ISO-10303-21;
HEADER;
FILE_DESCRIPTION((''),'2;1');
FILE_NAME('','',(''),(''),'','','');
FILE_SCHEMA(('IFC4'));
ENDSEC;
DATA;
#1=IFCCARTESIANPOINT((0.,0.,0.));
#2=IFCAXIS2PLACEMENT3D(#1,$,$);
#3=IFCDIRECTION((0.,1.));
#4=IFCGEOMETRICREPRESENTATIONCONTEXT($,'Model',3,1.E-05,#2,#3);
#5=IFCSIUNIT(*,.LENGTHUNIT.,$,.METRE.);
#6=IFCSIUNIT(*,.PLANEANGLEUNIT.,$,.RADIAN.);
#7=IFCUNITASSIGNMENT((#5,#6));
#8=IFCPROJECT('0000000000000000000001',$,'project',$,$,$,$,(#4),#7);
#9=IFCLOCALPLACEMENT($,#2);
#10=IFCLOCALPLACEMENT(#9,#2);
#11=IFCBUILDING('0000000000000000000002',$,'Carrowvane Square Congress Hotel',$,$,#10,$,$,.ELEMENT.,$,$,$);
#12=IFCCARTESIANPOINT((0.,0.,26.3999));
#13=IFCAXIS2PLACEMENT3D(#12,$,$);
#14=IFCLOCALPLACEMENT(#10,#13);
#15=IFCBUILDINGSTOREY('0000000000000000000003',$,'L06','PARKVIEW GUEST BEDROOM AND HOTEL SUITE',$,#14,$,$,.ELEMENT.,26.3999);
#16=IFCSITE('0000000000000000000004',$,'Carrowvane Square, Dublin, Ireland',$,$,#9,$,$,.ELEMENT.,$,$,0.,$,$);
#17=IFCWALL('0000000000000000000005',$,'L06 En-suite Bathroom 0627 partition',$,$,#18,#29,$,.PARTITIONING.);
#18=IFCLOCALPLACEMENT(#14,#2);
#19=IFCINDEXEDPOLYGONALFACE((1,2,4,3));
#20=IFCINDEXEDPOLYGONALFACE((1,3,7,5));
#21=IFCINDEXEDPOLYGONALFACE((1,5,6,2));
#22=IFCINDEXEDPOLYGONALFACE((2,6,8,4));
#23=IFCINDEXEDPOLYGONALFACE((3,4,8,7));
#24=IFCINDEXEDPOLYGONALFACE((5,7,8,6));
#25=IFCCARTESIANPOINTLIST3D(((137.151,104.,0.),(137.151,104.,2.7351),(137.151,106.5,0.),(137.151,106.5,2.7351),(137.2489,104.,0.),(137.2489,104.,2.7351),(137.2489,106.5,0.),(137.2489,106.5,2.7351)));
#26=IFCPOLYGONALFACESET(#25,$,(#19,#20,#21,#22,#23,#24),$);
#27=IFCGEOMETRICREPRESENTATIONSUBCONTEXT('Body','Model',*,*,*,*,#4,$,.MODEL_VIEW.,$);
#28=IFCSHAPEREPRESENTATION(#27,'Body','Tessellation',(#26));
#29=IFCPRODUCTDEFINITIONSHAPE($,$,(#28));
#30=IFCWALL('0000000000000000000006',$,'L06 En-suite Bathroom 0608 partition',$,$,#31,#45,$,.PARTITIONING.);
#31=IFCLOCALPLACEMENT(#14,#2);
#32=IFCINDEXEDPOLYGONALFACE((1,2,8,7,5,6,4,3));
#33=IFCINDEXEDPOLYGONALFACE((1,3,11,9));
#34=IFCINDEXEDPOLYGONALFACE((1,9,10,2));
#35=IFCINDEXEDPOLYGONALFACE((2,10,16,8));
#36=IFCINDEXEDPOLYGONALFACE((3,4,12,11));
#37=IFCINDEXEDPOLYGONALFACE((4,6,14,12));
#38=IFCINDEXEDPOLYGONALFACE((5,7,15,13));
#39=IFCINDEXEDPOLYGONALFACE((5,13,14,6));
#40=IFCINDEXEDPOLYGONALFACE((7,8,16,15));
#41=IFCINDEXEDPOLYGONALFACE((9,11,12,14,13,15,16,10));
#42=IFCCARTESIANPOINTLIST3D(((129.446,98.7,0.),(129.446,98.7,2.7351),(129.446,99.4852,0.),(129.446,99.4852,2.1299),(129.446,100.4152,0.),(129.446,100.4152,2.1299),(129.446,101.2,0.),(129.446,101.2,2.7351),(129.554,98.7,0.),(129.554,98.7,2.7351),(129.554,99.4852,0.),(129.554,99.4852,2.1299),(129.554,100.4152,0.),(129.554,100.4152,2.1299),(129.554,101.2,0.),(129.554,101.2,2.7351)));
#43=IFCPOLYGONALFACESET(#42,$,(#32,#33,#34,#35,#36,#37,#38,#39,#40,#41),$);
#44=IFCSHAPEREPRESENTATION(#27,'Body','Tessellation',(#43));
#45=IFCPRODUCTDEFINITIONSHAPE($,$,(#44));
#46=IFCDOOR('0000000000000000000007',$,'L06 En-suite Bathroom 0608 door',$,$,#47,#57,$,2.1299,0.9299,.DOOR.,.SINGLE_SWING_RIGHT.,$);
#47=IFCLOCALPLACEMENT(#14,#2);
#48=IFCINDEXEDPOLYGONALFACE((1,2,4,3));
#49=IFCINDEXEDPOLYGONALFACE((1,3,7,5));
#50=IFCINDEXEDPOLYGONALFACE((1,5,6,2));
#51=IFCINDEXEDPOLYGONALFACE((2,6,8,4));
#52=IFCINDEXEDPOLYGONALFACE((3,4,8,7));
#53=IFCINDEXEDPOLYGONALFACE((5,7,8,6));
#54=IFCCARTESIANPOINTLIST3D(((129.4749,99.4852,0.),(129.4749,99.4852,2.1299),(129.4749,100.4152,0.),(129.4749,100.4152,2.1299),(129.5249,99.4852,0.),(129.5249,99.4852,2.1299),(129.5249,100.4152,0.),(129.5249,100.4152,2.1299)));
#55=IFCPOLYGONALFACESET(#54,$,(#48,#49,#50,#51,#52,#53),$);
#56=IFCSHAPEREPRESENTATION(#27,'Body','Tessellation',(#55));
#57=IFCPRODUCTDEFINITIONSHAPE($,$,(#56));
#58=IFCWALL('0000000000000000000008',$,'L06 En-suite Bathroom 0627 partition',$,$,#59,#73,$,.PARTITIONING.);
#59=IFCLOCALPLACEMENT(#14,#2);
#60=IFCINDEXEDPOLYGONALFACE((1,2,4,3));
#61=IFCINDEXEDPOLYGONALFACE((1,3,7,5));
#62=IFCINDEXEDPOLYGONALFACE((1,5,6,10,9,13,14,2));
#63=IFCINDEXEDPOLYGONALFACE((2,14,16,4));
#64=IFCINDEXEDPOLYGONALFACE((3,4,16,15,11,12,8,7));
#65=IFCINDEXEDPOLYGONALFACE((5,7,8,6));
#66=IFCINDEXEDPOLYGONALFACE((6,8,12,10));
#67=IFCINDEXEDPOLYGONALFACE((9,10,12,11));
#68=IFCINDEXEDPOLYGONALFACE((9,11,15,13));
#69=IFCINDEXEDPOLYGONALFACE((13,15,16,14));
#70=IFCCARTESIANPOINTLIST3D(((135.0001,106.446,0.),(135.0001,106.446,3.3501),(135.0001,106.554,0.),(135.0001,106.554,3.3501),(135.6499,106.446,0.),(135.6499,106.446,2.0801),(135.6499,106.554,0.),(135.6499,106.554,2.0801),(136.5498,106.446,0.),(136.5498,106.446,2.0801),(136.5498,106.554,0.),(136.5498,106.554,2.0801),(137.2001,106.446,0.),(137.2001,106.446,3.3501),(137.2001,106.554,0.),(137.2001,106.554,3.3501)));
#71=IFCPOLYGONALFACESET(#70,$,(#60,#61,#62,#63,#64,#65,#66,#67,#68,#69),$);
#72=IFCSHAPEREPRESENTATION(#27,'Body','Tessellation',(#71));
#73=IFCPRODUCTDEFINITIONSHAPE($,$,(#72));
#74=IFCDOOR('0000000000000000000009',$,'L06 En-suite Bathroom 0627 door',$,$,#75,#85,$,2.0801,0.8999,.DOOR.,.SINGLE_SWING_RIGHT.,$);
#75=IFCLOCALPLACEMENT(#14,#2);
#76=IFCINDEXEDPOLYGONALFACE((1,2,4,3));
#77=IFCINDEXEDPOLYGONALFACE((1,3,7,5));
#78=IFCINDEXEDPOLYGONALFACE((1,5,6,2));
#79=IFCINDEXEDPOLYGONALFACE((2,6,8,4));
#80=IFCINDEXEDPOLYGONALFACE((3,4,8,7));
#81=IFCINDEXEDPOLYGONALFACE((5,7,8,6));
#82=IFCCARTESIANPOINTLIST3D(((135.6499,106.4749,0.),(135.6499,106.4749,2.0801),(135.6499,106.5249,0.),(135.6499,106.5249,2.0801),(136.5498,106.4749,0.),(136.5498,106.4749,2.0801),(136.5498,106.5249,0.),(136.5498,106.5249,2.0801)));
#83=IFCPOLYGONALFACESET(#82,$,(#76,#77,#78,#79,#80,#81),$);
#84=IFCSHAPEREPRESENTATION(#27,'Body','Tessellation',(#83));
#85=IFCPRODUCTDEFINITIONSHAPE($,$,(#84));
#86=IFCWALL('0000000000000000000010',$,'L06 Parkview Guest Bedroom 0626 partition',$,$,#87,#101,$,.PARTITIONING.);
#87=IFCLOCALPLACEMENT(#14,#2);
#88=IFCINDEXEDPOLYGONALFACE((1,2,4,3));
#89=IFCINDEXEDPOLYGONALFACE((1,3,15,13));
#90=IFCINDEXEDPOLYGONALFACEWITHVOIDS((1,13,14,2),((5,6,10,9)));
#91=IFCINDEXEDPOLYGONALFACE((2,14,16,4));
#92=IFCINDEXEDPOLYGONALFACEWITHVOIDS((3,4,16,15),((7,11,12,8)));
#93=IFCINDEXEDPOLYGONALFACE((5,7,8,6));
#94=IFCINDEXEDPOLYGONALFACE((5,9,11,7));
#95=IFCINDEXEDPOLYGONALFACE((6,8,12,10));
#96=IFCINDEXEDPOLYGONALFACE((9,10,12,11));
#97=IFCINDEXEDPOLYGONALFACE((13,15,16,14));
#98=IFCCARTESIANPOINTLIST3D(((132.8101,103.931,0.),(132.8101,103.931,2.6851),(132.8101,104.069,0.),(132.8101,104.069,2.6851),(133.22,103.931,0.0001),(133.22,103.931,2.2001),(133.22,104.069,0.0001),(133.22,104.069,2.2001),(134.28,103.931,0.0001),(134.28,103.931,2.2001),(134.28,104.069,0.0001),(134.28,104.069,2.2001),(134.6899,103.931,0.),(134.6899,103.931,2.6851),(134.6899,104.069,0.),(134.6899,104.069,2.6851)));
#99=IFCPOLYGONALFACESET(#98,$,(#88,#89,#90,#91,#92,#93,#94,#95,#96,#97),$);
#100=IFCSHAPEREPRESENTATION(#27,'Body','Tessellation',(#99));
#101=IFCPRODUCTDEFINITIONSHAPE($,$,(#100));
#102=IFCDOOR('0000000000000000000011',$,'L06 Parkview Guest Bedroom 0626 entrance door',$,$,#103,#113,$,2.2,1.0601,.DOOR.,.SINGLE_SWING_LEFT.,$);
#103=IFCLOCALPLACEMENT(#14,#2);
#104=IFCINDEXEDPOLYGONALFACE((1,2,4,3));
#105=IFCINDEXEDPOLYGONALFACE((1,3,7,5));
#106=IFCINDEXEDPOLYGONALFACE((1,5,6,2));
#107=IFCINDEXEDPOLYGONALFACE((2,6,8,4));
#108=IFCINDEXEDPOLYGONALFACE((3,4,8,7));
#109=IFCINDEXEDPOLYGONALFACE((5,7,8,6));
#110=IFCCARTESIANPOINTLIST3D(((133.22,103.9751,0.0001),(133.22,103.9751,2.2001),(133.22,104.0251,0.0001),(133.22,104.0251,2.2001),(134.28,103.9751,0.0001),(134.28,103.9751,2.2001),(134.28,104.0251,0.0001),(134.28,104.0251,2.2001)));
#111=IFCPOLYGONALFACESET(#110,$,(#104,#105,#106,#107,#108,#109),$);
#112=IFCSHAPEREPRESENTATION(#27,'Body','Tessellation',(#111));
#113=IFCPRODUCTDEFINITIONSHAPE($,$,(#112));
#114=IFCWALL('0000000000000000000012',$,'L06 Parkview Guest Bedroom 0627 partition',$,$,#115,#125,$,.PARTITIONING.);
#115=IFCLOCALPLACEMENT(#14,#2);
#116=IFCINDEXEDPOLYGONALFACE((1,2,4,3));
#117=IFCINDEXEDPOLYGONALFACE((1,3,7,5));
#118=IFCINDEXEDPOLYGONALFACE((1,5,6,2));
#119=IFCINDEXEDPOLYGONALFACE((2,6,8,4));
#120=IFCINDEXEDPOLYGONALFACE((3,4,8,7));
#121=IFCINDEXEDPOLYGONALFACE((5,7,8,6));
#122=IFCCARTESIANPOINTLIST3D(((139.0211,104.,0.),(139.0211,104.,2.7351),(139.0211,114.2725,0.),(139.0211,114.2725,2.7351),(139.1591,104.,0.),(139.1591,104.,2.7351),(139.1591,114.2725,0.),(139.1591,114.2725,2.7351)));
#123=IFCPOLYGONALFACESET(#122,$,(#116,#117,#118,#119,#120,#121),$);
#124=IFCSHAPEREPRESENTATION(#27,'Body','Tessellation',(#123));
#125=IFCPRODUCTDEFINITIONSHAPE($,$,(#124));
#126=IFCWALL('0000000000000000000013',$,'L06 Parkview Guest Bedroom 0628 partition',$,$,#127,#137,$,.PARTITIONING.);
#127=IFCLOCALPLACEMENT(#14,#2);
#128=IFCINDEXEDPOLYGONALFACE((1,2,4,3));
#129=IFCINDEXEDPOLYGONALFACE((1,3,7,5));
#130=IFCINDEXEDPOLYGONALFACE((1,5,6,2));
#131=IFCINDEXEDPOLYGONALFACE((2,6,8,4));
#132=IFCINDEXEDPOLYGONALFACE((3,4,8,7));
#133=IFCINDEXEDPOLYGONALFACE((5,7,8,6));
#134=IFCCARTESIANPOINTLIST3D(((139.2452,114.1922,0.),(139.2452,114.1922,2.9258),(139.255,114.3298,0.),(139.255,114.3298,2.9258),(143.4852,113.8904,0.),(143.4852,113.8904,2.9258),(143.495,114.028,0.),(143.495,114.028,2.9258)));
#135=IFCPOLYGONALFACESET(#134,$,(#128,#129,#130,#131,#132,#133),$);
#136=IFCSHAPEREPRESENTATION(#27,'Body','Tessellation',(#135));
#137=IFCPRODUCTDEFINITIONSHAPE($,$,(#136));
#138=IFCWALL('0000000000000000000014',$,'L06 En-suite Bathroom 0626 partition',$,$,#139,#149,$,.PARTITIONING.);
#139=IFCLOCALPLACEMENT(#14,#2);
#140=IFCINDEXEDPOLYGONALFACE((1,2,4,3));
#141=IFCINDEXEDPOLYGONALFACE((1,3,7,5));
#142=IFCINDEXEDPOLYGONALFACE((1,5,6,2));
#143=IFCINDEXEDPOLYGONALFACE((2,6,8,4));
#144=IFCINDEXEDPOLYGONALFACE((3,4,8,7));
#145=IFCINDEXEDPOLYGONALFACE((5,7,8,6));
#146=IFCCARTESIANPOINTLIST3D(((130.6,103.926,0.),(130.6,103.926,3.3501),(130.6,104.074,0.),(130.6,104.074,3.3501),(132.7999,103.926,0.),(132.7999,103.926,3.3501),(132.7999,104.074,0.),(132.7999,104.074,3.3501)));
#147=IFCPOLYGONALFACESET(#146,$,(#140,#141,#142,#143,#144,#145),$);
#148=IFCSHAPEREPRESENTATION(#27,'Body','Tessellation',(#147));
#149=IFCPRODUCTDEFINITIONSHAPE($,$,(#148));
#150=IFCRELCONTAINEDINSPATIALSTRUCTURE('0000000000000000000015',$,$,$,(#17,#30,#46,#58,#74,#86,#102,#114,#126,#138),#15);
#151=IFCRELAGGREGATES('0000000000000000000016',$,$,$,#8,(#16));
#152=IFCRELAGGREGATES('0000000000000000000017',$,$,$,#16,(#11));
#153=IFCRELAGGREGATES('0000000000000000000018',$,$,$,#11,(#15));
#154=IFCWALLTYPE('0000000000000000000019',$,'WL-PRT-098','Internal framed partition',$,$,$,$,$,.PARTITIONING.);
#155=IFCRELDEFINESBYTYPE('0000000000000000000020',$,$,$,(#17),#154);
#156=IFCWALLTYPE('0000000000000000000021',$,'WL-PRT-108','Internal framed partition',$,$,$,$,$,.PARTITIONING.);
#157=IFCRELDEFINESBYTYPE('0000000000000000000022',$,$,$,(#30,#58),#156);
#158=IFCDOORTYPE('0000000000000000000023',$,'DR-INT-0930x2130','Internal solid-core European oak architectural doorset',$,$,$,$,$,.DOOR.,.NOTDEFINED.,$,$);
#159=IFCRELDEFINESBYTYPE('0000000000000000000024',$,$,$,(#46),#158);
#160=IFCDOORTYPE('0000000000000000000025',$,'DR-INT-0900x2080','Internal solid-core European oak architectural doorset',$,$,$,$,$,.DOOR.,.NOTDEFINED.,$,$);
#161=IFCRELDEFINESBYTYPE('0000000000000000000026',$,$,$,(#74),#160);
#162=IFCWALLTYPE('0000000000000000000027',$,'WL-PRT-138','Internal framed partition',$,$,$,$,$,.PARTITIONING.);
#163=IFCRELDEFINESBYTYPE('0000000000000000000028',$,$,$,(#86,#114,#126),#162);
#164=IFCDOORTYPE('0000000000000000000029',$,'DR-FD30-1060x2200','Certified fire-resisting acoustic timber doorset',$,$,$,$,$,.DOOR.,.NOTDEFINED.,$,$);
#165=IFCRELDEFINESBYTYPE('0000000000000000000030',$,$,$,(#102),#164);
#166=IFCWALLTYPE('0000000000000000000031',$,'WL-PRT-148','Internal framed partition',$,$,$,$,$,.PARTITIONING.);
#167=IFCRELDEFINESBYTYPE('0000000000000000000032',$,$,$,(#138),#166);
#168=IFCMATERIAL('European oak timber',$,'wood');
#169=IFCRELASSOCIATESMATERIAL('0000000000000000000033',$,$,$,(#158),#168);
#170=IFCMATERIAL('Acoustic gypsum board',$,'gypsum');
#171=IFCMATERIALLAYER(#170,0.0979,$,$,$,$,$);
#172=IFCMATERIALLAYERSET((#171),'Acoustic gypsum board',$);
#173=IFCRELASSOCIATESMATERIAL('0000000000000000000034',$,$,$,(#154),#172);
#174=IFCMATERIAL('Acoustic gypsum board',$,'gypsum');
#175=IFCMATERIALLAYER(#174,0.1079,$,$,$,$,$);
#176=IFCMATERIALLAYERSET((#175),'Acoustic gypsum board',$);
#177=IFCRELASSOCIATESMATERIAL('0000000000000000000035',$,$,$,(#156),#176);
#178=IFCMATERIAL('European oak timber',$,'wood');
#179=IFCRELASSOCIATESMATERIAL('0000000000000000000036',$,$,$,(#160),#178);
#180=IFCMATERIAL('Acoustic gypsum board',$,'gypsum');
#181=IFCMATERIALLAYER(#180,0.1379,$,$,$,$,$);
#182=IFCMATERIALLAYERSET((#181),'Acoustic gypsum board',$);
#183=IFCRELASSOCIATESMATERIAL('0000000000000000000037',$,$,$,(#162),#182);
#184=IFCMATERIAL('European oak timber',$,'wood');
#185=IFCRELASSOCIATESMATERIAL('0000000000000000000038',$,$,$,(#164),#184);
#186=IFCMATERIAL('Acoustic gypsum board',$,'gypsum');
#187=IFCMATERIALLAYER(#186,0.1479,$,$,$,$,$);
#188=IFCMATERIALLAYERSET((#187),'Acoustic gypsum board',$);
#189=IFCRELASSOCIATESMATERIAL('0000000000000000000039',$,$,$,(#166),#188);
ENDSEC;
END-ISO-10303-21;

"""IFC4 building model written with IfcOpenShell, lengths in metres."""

from ifc_helpers import new_model, si_unit, direction, frame, frame_2d, origin, place, context, subcontext, project, spatial, rectangle, extrude, material, layer, layer_set, type_object, element, fill, save


model = new_model("IFC4")

# Units and contexts
model_context = context("Model", 3, precision=1e-05, world=origin(), true_north=direction((0.0, 1.0)))
body_context = subcontext(model_context, "Body", "Model", "MODEL_VIEW")
ifc_project = project(units=[si_unit("LENGTHUNIT", "METRE"), si_unit("PLANEANGLEUNIT", "RADIAN")], contexts=[model_context])

# Site, building, storey
site_placement = place(None, origin())
site = spatial("IfcSite", under=ifc_project, at=site_placement, Name="Carrowvane Square, Dublin, Ireland", CompositionType="ELEMENT", RefElevation=0.0)
building_placement = place(site_placement, origin())
building = spatial("IfcBuilding", under=site, at=building_placement, Name="Carrowvane Square Congress Hotel", CompositionType="ELEMENT")
storey_placement = place(building_placement, frame((0.0, 0.0, 26.3999)))
storey = spatial("IfcBuildingStorey", under=building, at=storey_placement, Name="L06", Description="PARKVIEW GUEST BEDROOM AND HOTEL SUITE", CompositionType="ELEMENT", Elevation=26.3999)

# Shared definitions
ifc_material_1 = material(Name="European oak timber", Category="wood")
door_type_1 = type_object("IfcDoorType", Name="DR-INT-0930x2130", Description="Internal solid-core European oak architectural doorset", OperationType="NOTDEFINED", PredefinedType="DOOR", material=ifc_material_1)

# Wall
ifc_material_2 = material(Name="Acoustic gypsum board", Category="gypsum")
ifc_layer_1 = layer(ifc_material_2, 0.0979)
ifc_layer_set_1 = layer_set([ifc_layer_1], Name="Acoustic gypsum board")
wall_type_1 = type_object("IfcWallType", Name="WL-PRT-098", Description="Internal framed partition", PredefinedType="PARTITIONING", material=ifc_layer_set_1)
wall_1_placement = place(storey_placement, frame((137.2, 106.5, 0.0), z_axis=(0.0, 0.0, 1.0), x_axis=(0.0, -1.0, 0.0)))
element("IfcWall", 1, at=wall_1_placement, inside=storey, type_object=wall_type_1, Name="L06 En-suite Bathroom 0627 partition", PredefinedType="PARTITIONING", context=body_context, shape_type="SweptSolid", body=[
    extrude(rectangle(XDim=2.5, YDim=0.0979, at=frame_2d((1.25, 0.0))), origin(), (0.0, 0.0, 1.0), 2.7351),
])

# Walls, openings, doors
ifc_material_3 = material(Name="Acoustic gypsum board", Category="gypsum")
ifc_layer_2 = layer(ifc_material_3, 0.1079)
ifc_layer_set_2 = layer_set([ifc_layer_2], Name="Acoustic gypsum board")
wall_type_2 = type_object("IfcWallType", Name="WL-PRT-108", Description="Internal framed partition", PredefinedType="PARTITIONING", material=ifc_layer_set_2)
wall_2_placement = place(storey_placement, frame((129.5, 101.2, 0.0), z_axis=(0.0, 0.0, 1.0), x_axis=(0.0, -1.0, 0.0)))
wall_2 = element("IfcWall", 2, at=wall_2_placement, inside=storey, type_object=wall_type_2, Name="L06 En-suite Bathroom 0608 partition", PredefinedType="PARTITIONING", context=body_context, shape_type="SweptSolid", body=[
    extrude(rectangle(XDim=2.5, YDim=0.1079, at=frame_2d((1.25, 0.0))), origin(), (0.0, 0.0, 1.0), 2.7351),
])
opening_1_placement = place(wall_2_placement, frame((0.7849, 0.0, 0.0)))
opening_1 = element("IfcOpeningElement", 3, at=opening_1_placement, cuts=wall_2, PredefinedType="OPENING", context=body_context, shape_type="SweptSolid", body=[
    extrude(rectangle(XDim=0.9299, YDim=2.1299, at=frame_2d((0.4648, 1.0649))), frame((0.0, 0.064, 0.0), z_axis=(0.0, -1.0, 0.0), x_axis=(1.0, 0.0, 0.0)), (0.0, 0.0, 1.0), 0.1279),
])
door_1_placement = place(opening_1_placement, origin())
door_1 = element("IfcDoor", 4, at=door_1_placement, inside=storey, type_object=door_type_1, Name="L06 En-suite Bathroom 0608 door", OperationType="SINGLE_SWING_RIGHT", OverallHeight=2.1299, OverallWidth=0.9299, PredefinedType="DOOR", context=body_context, shape_type="SweptSolid", body=[
    extrude(rectangle(XDim=0.9299, YDim=2.1299, at=frame_2d((0.4648, 1.0649))), frame((0.0, 0.0249, 0.0), z_axis=(0.0, -1.0, 0.0), x_axis=(1.0, 0.0, 0.0)), (0.0, 0.0, 1.0), 0.05),
])
fill(opening_1, door_1)
wall_3_placement = place(storey_placement, frame((135.0, 106.5, 0.0), z_axis=(0.0, 0.0, 1.0), x_axis=(1.0, 0.0, 0.0)))
wall_3 = element("IfcWall", 5, at=wall_3_placement, inside=storey, type_object=wall_type_2, Name="L06 En-suite Bathroom 0627 partition", PredefinedType="PARTITIONING", context=body_context, shape_type="SweptSolid", body=[
    extrude(rectangle(XDim=2.2, YDim=0.1079, at=frame_2d((1.1001, 0.0))), origin(), (0.0, 0.0, 1.0), 3.3501),
])
opening_2_placement = place(wall_3_placement, frame((0.6499, 0.0, 0.0)))
opening_2 = element("IfcOpeningElement", 6, at=opening_2_placement, cuts=wall_3, PredefinedType="OPENING", context=body_context, shape_type="SweptSolid", body=[
    extrude(rectangle(XDim=0.8999, YDim=2.0801, at=frame_2d((0.45, 1.04))), frame((0.0, 0.064, 0.0), z_axis=(0.0, -1.0, 0.0), x_axis=(1.0, 0.0, 0.0)), (0.0, 0.0, 1.0), 0.1279),
])
ifc_material_4 = material(Name="European oak timber", Category="wood")
door_type_2 = type_object("IfcDoorType", Name="DR-INT-0900x2080", Description="Internal solid-core European oak architectural doorset", OperationType="NOTDEFINED", PredefinedType="DOOR", material=ifc_material_4)
door_2_placement = place(opening_2_placement, origin())
door_2 = element("IfcDoor", 7, at=door_2_placement, inside=storey, type_object=door_type_2, Name="L06 En-suite Bathroom 0627 door", OperationType="SINGLE_SWING_RIGHT", OverallHeight=2.0801, OverallWidth=0.8999, PredefinedType="DOOR", context=body_context, shape_type="SweptSolid", body=[
    extrude(rectangle(XDim=0.8999, YDim=2.0801, at=frame_2d((0.45, 1.04))), frame((0.0, 0.0249, 0.0), z_axis=(0.0, -1.0, 0.0), x_axis=(1.0, 0.0, 0.0)), (0.0, 0.0, 1.0), 0.05),
])
fill(opening_2, door_2)
ifc_material_5 = material(Name="Acoustic gypsum board", Category="gypsum")
ifc_layer_3 = layer(ifc_material_5, 0.1379)
ifc_layer_set_3 = layer_set([ifc_layer_3], Name="Acoustic gypsum board")
wall_type_3 = type_object("IfcWallType", Name="WL-PRT-138", Description="Internal framed partition", PredefinedType="PARTITIONING", material=ifc_layer_set_3)
wall_4_placement = place(storey_placement, frame((134.6899, 104.0, 0.0), z_axis=(0.0, 0.0, 1.0), x_axis=(-1.0, 0.0, 0.0)))
wall_4 = element("IfcWall", 8, at=wall_4_placement, inside=storey, type_object=wall_type_3, Name="L06 Parkview Guest Bedroom 0626 partition", PredefinedType="PARTITIONING", context=body_context, shape_type="SweptSolid", body=[
    extrude(rectangle(XDim=1.8799, YDim=0.1379, at=frame_2d((0.9399, 0.0))), origin(), (0.0, 0.0, 1.0), 2.6851),
])
opening_3_placement = place(wall_4_placement, frame((0.4099, 0.0, 0.0)))
opening_3 = element("IfcOpeningElement", 9, at=opening_3_placement, cuts=wall_4, PredefinedType="OPENING", context=body_context, shape_type="SweptSolid", body=[
    extrude(rectangle(XDim=1.0601, YDim=2.2, at=frame_2d((0.53, 1.1001))), frame((0.0, 0.0789, 0.0), z_axis=(0.0, -1.0, 0.0), x_axis=(1.0, 0.0, 0.0)), (0.0, 0.0, 1.0), 0.158),
])
ifc_material_6 = material(Name="European oak timber", Category="wood")
door_type_3 = type_object("IfcDoorType", Name="DR-FD30-1060x2200", Description="Certified fire-resisting acoustic timber doorset", OperationType="NOTDEFINED", PredefinedType="DOOR", material=ifc_material_6)
door_3_placement = place(opening_3_placement, origin())
door_3 = element("IfcDoor", 10, at=door_3_placement, inside=storey, type_object=door_type_3, Name="L06 Parkview Guest Bedroom 0626 entrance door", OperationType="SINGLE_SWING_LEFT", OverallHeight=2.2, OverallWidth=1.0601, PredefinedType="DOOR", context=body_context, shape_type="SweptSolid", body=[
    extrude(rectangle(XDim=1.0601, YDim=2.2, at=frame_2d((0.53, 1.1001))), frame((0.0, 0.0249, 0.0), z_axis=(0.0, -1.0, 0.0), x_axis=(1.0, 0.0, 0.0)), (0.0, 0.0, 1.0), 0.05),
])
fill(opening_3, door_3)

# Walls
wall_5_placement = place(storey_placement, frame((139.0901, 114.2725, 0.0), z_axis=(0.0, 0.0, 1.0), x_axis=(0.0, -1.0, 0.0)))
element("IfcWall", 11, at=wall_5_placement, inside=storey, type_object=wall_type_3, Name="L06 Parkview Guest Bedroom 0627 partition", PredefinedType="PARTITIONING", context=body_context, shape_type="SweptSolid", body=[
    extrude(rectangle(XDim=10.2725, YDim=0.1379, at=frame_2d((5.1362, 0.0))), origin(), (0.0, 0.0, 1.0), 2.7351),
])
wall_6_placement = place(storey_placement, frame((139.25, 114.261, 0.0), z_axis=(0.0, 0.0, 1.0), x_axis=(0.997477, -0.07099, 0.0)))
element("IfcWall", 12, at=wall_6_placement, inside=storey, type_object=wall_type_3, Name="L06 Parkview Guest Bedroom 0628 partition", PredefinedType="PARTITIONING", context=body_context, shape_type="SweptSolid", body=[
    extrude(rectangle(XDim=4.2507, YDim=0.1379, at=frame_2d((2.1255, 0.0))), origin(), (0.0, 0.0, 1.0), 2.9258),
])

# Shared definitions
ifc_material_7 = material(Name="Acoustic gypsum board", Category="gypsum")
ifc_layer_4 = layer(ifc_material_7, 0.1479)
ifc_layer_set_4 = layer_set([ifc_layer_4], Name="Acoustic gypsum board")
wall_type_4 = type_object("IfcWallType", Name="WL-PRT-148", Description="Internal framed partition", PredefinedType="PARTITIONING", material=ifc_layer_set_4)

# Wall
wall_7_placement = place(storey_placement, frame((132.8, 104.0, 0.0), z_axis=(0.0, 0.0, 1.0), x_axis=(-1.0, 0.0, 0.0)))
element("IfcWall", 13, at=wall_7_placement, inside=storey, type_object=wall_type_4, Name="L06 En-suite Bathroom 0626 partition", PredefinedType="PARTITIONING", context=body_context, shape_type="SweptSolid", body=[
    extrude(rectangle(XDim=2.2, YDim=0.1479, at=frame_2d((1.1001, 0.0))), origin(), (0.0, 0.0, 1.0), 3.3501),
])

save(model, "model.ifc")
